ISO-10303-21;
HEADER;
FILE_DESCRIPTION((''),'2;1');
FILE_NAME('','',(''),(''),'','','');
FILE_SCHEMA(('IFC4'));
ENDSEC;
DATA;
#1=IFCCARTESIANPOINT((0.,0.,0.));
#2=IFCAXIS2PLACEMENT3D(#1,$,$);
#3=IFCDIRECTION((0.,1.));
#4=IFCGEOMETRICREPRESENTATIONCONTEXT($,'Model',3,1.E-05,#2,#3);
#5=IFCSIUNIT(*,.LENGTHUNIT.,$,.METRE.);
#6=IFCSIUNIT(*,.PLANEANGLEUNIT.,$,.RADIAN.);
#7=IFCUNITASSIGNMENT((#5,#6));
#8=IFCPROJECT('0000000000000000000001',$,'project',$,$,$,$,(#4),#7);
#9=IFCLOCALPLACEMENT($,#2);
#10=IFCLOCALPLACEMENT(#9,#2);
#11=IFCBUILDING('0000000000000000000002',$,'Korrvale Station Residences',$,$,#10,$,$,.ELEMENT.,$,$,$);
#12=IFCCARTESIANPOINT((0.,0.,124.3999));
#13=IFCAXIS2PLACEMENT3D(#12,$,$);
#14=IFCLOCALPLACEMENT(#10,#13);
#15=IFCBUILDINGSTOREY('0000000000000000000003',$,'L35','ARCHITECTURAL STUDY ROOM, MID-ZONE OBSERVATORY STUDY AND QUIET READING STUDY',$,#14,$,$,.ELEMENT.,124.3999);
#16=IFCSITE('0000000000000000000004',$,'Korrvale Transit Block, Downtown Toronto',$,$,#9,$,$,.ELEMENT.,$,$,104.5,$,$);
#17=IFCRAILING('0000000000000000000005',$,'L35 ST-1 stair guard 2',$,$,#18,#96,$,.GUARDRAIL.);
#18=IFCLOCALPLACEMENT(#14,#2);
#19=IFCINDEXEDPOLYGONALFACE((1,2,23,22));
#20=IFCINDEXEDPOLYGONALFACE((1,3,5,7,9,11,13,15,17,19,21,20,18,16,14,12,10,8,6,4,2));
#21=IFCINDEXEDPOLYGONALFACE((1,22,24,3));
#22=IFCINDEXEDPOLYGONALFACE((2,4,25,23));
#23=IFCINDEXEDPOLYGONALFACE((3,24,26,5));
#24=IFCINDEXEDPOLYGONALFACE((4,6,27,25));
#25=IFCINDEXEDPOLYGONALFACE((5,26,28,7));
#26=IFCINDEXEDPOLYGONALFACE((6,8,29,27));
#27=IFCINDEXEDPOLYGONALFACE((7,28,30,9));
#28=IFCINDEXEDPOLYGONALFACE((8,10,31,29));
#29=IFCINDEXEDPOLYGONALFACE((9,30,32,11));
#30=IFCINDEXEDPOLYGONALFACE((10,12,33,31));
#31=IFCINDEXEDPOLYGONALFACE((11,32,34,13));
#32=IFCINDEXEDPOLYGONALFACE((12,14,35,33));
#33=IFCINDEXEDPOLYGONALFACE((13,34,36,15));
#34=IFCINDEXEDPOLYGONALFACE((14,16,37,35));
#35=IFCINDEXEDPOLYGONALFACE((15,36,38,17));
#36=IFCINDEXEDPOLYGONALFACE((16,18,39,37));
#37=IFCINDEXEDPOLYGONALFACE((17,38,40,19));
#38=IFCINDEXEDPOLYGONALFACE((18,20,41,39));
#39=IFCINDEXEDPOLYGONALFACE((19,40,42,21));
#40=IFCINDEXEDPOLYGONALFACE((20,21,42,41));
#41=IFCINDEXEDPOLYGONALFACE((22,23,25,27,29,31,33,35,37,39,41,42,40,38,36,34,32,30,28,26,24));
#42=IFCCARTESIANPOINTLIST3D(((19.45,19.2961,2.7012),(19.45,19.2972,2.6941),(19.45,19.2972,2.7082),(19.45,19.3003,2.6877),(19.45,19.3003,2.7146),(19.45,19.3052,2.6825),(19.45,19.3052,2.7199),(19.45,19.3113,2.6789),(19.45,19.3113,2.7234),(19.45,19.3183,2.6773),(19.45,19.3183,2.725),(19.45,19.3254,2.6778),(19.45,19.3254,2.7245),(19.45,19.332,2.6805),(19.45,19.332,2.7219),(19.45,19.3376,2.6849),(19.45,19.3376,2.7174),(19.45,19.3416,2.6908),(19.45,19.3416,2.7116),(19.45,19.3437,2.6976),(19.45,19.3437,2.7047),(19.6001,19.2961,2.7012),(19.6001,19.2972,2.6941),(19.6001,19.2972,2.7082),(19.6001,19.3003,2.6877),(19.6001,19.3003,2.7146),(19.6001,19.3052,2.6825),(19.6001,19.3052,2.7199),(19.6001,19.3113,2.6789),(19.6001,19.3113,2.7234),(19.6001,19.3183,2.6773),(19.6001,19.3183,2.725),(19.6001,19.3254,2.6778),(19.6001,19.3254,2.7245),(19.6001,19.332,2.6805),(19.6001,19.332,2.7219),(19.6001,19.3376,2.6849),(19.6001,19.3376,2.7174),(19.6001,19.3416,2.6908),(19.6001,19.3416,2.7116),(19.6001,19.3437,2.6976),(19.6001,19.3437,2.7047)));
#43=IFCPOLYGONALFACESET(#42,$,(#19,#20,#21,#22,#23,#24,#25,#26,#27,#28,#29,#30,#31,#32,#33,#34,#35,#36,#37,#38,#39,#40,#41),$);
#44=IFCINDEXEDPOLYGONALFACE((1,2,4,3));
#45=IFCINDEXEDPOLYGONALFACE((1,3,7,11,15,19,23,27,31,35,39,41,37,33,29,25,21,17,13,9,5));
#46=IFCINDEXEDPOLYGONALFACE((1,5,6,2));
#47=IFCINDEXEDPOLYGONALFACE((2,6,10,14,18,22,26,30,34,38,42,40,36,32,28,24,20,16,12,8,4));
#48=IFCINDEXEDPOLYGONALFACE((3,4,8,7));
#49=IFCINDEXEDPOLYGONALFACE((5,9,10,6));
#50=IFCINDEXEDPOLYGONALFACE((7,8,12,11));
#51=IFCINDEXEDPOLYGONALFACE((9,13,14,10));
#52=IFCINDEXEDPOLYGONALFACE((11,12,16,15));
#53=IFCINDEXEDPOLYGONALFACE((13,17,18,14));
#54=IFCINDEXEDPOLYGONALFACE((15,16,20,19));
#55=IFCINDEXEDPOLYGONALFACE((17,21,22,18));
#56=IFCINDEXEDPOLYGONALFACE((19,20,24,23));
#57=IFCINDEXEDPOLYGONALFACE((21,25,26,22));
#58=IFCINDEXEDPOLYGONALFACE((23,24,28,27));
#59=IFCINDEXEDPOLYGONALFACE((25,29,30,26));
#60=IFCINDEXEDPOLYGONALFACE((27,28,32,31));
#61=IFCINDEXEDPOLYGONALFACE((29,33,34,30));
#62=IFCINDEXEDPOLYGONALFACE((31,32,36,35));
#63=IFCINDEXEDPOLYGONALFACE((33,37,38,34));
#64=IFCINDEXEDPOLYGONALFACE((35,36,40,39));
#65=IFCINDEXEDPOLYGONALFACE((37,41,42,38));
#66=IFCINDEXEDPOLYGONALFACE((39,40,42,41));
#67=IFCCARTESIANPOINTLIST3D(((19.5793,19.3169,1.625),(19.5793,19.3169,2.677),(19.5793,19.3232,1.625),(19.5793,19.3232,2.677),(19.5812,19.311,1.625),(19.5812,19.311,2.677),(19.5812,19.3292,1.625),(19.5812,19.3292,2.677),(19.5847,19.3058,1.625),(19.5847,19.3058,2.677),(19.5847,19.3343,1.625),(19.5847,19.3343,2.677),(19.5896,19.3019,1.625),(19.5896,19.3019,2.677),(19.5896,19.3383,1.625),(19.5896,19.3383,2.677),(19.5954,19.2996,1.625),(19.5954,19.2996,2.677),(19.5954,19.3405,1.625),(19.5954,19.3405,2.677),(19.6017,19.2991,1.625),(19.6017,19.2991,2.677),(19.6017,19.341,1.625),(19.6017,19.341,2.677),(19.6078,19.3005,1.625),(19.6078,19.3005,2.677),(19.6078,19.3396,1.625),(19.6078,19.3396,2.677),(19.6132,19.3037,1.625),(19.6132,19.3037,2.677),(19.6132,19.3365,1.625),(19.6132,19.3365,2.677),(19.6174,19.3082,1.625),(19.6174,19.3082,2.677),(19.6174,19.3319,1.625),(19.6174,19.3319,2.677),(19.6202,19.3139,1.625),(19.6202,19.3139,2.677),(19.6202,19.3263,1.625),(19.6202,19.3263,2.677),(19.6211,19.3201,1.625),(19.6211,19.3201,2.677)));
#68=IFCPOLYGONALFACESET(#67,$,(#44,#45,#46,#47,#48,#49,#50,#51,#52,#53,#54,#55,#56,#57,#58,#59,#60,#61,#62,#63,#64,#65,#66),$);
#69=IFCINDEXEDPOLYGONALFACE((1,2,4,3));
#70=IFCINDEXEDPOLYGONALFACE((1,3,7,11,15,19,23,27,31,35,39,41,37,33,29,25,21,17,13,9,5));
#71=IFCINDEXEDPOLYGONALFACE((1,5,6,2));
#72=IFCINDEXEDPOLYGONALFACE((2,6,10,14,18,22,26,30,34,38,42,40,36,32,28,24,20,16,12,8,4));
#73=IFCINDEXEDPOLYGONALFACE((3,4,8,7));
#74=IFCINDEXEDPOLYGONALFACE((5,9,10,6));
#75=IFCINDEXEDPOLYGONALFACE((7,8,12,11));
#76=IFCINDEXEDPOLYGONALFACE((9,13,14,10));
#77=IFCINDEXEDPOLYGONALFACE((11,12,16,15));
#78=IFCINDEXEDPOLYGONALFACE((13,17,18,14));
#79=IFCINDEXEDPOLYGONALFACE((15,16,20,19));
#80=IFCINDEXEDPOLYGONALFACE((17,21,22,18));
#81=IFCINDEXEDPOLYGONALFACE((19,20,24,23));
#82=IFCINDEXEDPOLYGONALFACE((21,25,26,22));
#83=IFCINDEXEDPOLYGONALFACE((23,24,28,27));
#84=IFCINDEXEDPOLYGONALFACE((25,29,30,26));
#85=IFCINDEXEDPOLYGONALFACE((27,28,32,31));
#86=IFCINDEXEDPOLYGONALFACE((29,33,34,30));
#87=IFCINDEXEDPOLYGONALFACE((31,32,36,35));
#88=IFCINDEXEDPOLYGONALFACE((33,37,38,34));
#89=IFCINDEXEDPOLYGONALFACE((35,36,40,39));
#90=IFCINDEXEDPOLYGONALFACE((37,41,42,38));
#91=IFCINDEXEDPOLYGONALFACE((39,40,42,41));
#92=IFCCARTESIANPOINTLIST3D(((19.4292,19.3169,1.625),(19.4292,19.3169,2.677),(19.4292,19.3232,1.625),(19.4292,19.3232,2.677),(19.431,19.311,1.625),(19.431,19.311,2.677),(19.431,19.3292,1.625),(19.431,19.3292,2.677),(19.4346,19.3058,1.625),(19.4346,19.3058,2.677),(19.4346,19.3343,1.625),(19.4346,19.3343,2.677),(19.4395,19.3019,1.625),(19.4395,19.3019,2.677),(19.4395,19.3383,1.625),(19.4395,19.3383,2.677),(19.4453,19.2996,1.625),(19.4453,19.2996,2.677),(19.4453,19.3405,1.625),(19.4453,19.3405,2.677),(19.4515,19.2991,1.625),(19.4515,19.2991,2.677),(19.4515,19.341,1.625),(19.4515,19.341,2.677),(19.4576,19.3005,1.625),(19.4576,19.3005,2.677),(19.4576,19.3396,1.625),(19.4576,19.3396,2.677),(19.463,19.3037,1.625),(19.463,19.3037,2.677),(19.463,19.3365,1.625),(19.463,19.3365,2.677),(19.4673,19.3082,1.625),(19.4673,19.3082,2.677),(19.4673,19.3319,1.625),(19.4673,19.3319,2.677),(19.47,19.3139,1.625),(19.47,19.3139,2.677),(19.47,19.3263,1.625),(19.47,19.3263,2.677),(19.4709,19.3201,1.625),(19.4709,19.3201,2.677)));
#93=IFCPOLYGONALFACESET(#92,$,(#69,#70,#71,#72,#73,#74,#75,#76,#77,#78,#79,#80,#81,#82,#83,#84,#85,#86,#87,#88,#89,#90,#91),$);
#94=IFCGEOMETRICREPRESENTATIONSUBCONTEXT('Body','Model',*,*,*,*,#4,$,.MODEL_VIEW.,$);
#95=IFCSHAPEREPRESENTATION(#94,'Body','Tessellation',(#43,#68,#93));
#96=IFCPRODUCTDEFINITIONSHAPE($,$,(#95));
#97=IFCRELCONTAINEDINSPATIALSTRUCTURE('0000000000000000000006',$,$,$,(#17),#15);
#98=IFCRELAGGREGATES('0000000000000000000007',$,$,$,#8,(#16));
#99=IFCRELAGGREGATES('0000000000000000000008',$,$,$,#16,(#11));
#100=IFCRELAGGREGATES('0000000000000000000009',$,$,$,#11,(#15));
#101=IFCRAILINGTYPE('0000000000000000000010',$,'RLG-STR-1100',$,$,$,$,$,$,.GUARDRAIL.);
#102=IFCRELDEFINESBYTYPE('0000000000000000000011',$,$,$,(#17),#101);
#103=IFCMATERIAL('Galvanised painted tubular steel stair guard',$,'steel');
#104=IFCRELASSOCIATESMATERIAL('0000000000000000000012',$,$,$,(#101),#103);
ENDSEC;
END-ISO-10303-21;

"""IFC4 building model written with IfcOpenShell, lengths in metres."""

from ifc_helpers import new_model, si_unit, direction, frame, origin, origin_2d, place, context, subcontext, project, spatial, circle, extrude, material, type_object, element, save


model = new_model("IFC4")

# Units and contexts
model_context = context("Model", 3, precision=1e-05, world=origin(), true_north=direction((0.0, 1.0)))
body_context = subcontext(model_context, "Body", "Model", "MODEL_VIEW")
ifc_project = project(units=[si_unit("LENGTHUNIT", "METRE"), si_unit("PLANEANGLEUNIT", "RADIAN")], contexts=[model_context])

# Site, building, storey
site_placement = place(None, origin())
site = spatial("IfcSite", under=ifc_project, at=site_placement, Name="Korrvale Transit Block, Downtown Toronto", CompositionType="ELEMENT", RefElevation=104.5)
building_placement = place(site_placement, origin())
building = spatial("IfcBuilding", under=site, at=building_placement, Name="Korrvale Station Residences", CompositionType="ELEMENT")
storey_placement = place(building_placement, frame((0.0, 0.0, 124.3999)))
storey = spatial("IfcBuildingStorey", under=building, at=storey_placement, Name="L35", Description="ARCHITECTURAL STUDY ROOM, MID-ZONE OBSERVATORY STUDY AND QUIET READING STUDY", CompositionType="ELEMENT", Elevation=124.3999)

# Railing
ifc_material_1 = material(Name="Galvanised painted tubular steel stair guard", Category="steel")
railing_type_1 = type_object("IfcRailingType", Name="RLG-STR-1100", PredefinedType="GUARDRAIL", material=ifc_material_1)
railing_1_placement = place(storey_placement, frame((19.6001, 19.3201, 1.625)))
element("IfcRailing", 1, at=railing_1_placement, inside=storey, type_object=railing_type_1, Name="L35 ST-1 stair guard 2", PredefinedType="GUARDRAIL", context=body_context, shape_type="SweptSolid", body=[
    extrude(circle(Radius=0.0239, at=origin_2d()), frame((0.0, 0.0, 1.0762), z_axis=(-1.0, 0.0, 0.0), x_axis=(0.0, -1.0, 0.0)), (0.0, 0.0, 1.0), 0.1501),
    extrude(circle(Radius=0.021, at=origin_2d()), origin(), (0.0, 0.0, 1.0), 1.052),
    extrude(circle(Radius=0.021, at=origin_2d()), frame((-0.1501, 0.0, 0.0)), (0.0, 0.0, 1.0), 1.052),
])

save(model, "model.ifc")
